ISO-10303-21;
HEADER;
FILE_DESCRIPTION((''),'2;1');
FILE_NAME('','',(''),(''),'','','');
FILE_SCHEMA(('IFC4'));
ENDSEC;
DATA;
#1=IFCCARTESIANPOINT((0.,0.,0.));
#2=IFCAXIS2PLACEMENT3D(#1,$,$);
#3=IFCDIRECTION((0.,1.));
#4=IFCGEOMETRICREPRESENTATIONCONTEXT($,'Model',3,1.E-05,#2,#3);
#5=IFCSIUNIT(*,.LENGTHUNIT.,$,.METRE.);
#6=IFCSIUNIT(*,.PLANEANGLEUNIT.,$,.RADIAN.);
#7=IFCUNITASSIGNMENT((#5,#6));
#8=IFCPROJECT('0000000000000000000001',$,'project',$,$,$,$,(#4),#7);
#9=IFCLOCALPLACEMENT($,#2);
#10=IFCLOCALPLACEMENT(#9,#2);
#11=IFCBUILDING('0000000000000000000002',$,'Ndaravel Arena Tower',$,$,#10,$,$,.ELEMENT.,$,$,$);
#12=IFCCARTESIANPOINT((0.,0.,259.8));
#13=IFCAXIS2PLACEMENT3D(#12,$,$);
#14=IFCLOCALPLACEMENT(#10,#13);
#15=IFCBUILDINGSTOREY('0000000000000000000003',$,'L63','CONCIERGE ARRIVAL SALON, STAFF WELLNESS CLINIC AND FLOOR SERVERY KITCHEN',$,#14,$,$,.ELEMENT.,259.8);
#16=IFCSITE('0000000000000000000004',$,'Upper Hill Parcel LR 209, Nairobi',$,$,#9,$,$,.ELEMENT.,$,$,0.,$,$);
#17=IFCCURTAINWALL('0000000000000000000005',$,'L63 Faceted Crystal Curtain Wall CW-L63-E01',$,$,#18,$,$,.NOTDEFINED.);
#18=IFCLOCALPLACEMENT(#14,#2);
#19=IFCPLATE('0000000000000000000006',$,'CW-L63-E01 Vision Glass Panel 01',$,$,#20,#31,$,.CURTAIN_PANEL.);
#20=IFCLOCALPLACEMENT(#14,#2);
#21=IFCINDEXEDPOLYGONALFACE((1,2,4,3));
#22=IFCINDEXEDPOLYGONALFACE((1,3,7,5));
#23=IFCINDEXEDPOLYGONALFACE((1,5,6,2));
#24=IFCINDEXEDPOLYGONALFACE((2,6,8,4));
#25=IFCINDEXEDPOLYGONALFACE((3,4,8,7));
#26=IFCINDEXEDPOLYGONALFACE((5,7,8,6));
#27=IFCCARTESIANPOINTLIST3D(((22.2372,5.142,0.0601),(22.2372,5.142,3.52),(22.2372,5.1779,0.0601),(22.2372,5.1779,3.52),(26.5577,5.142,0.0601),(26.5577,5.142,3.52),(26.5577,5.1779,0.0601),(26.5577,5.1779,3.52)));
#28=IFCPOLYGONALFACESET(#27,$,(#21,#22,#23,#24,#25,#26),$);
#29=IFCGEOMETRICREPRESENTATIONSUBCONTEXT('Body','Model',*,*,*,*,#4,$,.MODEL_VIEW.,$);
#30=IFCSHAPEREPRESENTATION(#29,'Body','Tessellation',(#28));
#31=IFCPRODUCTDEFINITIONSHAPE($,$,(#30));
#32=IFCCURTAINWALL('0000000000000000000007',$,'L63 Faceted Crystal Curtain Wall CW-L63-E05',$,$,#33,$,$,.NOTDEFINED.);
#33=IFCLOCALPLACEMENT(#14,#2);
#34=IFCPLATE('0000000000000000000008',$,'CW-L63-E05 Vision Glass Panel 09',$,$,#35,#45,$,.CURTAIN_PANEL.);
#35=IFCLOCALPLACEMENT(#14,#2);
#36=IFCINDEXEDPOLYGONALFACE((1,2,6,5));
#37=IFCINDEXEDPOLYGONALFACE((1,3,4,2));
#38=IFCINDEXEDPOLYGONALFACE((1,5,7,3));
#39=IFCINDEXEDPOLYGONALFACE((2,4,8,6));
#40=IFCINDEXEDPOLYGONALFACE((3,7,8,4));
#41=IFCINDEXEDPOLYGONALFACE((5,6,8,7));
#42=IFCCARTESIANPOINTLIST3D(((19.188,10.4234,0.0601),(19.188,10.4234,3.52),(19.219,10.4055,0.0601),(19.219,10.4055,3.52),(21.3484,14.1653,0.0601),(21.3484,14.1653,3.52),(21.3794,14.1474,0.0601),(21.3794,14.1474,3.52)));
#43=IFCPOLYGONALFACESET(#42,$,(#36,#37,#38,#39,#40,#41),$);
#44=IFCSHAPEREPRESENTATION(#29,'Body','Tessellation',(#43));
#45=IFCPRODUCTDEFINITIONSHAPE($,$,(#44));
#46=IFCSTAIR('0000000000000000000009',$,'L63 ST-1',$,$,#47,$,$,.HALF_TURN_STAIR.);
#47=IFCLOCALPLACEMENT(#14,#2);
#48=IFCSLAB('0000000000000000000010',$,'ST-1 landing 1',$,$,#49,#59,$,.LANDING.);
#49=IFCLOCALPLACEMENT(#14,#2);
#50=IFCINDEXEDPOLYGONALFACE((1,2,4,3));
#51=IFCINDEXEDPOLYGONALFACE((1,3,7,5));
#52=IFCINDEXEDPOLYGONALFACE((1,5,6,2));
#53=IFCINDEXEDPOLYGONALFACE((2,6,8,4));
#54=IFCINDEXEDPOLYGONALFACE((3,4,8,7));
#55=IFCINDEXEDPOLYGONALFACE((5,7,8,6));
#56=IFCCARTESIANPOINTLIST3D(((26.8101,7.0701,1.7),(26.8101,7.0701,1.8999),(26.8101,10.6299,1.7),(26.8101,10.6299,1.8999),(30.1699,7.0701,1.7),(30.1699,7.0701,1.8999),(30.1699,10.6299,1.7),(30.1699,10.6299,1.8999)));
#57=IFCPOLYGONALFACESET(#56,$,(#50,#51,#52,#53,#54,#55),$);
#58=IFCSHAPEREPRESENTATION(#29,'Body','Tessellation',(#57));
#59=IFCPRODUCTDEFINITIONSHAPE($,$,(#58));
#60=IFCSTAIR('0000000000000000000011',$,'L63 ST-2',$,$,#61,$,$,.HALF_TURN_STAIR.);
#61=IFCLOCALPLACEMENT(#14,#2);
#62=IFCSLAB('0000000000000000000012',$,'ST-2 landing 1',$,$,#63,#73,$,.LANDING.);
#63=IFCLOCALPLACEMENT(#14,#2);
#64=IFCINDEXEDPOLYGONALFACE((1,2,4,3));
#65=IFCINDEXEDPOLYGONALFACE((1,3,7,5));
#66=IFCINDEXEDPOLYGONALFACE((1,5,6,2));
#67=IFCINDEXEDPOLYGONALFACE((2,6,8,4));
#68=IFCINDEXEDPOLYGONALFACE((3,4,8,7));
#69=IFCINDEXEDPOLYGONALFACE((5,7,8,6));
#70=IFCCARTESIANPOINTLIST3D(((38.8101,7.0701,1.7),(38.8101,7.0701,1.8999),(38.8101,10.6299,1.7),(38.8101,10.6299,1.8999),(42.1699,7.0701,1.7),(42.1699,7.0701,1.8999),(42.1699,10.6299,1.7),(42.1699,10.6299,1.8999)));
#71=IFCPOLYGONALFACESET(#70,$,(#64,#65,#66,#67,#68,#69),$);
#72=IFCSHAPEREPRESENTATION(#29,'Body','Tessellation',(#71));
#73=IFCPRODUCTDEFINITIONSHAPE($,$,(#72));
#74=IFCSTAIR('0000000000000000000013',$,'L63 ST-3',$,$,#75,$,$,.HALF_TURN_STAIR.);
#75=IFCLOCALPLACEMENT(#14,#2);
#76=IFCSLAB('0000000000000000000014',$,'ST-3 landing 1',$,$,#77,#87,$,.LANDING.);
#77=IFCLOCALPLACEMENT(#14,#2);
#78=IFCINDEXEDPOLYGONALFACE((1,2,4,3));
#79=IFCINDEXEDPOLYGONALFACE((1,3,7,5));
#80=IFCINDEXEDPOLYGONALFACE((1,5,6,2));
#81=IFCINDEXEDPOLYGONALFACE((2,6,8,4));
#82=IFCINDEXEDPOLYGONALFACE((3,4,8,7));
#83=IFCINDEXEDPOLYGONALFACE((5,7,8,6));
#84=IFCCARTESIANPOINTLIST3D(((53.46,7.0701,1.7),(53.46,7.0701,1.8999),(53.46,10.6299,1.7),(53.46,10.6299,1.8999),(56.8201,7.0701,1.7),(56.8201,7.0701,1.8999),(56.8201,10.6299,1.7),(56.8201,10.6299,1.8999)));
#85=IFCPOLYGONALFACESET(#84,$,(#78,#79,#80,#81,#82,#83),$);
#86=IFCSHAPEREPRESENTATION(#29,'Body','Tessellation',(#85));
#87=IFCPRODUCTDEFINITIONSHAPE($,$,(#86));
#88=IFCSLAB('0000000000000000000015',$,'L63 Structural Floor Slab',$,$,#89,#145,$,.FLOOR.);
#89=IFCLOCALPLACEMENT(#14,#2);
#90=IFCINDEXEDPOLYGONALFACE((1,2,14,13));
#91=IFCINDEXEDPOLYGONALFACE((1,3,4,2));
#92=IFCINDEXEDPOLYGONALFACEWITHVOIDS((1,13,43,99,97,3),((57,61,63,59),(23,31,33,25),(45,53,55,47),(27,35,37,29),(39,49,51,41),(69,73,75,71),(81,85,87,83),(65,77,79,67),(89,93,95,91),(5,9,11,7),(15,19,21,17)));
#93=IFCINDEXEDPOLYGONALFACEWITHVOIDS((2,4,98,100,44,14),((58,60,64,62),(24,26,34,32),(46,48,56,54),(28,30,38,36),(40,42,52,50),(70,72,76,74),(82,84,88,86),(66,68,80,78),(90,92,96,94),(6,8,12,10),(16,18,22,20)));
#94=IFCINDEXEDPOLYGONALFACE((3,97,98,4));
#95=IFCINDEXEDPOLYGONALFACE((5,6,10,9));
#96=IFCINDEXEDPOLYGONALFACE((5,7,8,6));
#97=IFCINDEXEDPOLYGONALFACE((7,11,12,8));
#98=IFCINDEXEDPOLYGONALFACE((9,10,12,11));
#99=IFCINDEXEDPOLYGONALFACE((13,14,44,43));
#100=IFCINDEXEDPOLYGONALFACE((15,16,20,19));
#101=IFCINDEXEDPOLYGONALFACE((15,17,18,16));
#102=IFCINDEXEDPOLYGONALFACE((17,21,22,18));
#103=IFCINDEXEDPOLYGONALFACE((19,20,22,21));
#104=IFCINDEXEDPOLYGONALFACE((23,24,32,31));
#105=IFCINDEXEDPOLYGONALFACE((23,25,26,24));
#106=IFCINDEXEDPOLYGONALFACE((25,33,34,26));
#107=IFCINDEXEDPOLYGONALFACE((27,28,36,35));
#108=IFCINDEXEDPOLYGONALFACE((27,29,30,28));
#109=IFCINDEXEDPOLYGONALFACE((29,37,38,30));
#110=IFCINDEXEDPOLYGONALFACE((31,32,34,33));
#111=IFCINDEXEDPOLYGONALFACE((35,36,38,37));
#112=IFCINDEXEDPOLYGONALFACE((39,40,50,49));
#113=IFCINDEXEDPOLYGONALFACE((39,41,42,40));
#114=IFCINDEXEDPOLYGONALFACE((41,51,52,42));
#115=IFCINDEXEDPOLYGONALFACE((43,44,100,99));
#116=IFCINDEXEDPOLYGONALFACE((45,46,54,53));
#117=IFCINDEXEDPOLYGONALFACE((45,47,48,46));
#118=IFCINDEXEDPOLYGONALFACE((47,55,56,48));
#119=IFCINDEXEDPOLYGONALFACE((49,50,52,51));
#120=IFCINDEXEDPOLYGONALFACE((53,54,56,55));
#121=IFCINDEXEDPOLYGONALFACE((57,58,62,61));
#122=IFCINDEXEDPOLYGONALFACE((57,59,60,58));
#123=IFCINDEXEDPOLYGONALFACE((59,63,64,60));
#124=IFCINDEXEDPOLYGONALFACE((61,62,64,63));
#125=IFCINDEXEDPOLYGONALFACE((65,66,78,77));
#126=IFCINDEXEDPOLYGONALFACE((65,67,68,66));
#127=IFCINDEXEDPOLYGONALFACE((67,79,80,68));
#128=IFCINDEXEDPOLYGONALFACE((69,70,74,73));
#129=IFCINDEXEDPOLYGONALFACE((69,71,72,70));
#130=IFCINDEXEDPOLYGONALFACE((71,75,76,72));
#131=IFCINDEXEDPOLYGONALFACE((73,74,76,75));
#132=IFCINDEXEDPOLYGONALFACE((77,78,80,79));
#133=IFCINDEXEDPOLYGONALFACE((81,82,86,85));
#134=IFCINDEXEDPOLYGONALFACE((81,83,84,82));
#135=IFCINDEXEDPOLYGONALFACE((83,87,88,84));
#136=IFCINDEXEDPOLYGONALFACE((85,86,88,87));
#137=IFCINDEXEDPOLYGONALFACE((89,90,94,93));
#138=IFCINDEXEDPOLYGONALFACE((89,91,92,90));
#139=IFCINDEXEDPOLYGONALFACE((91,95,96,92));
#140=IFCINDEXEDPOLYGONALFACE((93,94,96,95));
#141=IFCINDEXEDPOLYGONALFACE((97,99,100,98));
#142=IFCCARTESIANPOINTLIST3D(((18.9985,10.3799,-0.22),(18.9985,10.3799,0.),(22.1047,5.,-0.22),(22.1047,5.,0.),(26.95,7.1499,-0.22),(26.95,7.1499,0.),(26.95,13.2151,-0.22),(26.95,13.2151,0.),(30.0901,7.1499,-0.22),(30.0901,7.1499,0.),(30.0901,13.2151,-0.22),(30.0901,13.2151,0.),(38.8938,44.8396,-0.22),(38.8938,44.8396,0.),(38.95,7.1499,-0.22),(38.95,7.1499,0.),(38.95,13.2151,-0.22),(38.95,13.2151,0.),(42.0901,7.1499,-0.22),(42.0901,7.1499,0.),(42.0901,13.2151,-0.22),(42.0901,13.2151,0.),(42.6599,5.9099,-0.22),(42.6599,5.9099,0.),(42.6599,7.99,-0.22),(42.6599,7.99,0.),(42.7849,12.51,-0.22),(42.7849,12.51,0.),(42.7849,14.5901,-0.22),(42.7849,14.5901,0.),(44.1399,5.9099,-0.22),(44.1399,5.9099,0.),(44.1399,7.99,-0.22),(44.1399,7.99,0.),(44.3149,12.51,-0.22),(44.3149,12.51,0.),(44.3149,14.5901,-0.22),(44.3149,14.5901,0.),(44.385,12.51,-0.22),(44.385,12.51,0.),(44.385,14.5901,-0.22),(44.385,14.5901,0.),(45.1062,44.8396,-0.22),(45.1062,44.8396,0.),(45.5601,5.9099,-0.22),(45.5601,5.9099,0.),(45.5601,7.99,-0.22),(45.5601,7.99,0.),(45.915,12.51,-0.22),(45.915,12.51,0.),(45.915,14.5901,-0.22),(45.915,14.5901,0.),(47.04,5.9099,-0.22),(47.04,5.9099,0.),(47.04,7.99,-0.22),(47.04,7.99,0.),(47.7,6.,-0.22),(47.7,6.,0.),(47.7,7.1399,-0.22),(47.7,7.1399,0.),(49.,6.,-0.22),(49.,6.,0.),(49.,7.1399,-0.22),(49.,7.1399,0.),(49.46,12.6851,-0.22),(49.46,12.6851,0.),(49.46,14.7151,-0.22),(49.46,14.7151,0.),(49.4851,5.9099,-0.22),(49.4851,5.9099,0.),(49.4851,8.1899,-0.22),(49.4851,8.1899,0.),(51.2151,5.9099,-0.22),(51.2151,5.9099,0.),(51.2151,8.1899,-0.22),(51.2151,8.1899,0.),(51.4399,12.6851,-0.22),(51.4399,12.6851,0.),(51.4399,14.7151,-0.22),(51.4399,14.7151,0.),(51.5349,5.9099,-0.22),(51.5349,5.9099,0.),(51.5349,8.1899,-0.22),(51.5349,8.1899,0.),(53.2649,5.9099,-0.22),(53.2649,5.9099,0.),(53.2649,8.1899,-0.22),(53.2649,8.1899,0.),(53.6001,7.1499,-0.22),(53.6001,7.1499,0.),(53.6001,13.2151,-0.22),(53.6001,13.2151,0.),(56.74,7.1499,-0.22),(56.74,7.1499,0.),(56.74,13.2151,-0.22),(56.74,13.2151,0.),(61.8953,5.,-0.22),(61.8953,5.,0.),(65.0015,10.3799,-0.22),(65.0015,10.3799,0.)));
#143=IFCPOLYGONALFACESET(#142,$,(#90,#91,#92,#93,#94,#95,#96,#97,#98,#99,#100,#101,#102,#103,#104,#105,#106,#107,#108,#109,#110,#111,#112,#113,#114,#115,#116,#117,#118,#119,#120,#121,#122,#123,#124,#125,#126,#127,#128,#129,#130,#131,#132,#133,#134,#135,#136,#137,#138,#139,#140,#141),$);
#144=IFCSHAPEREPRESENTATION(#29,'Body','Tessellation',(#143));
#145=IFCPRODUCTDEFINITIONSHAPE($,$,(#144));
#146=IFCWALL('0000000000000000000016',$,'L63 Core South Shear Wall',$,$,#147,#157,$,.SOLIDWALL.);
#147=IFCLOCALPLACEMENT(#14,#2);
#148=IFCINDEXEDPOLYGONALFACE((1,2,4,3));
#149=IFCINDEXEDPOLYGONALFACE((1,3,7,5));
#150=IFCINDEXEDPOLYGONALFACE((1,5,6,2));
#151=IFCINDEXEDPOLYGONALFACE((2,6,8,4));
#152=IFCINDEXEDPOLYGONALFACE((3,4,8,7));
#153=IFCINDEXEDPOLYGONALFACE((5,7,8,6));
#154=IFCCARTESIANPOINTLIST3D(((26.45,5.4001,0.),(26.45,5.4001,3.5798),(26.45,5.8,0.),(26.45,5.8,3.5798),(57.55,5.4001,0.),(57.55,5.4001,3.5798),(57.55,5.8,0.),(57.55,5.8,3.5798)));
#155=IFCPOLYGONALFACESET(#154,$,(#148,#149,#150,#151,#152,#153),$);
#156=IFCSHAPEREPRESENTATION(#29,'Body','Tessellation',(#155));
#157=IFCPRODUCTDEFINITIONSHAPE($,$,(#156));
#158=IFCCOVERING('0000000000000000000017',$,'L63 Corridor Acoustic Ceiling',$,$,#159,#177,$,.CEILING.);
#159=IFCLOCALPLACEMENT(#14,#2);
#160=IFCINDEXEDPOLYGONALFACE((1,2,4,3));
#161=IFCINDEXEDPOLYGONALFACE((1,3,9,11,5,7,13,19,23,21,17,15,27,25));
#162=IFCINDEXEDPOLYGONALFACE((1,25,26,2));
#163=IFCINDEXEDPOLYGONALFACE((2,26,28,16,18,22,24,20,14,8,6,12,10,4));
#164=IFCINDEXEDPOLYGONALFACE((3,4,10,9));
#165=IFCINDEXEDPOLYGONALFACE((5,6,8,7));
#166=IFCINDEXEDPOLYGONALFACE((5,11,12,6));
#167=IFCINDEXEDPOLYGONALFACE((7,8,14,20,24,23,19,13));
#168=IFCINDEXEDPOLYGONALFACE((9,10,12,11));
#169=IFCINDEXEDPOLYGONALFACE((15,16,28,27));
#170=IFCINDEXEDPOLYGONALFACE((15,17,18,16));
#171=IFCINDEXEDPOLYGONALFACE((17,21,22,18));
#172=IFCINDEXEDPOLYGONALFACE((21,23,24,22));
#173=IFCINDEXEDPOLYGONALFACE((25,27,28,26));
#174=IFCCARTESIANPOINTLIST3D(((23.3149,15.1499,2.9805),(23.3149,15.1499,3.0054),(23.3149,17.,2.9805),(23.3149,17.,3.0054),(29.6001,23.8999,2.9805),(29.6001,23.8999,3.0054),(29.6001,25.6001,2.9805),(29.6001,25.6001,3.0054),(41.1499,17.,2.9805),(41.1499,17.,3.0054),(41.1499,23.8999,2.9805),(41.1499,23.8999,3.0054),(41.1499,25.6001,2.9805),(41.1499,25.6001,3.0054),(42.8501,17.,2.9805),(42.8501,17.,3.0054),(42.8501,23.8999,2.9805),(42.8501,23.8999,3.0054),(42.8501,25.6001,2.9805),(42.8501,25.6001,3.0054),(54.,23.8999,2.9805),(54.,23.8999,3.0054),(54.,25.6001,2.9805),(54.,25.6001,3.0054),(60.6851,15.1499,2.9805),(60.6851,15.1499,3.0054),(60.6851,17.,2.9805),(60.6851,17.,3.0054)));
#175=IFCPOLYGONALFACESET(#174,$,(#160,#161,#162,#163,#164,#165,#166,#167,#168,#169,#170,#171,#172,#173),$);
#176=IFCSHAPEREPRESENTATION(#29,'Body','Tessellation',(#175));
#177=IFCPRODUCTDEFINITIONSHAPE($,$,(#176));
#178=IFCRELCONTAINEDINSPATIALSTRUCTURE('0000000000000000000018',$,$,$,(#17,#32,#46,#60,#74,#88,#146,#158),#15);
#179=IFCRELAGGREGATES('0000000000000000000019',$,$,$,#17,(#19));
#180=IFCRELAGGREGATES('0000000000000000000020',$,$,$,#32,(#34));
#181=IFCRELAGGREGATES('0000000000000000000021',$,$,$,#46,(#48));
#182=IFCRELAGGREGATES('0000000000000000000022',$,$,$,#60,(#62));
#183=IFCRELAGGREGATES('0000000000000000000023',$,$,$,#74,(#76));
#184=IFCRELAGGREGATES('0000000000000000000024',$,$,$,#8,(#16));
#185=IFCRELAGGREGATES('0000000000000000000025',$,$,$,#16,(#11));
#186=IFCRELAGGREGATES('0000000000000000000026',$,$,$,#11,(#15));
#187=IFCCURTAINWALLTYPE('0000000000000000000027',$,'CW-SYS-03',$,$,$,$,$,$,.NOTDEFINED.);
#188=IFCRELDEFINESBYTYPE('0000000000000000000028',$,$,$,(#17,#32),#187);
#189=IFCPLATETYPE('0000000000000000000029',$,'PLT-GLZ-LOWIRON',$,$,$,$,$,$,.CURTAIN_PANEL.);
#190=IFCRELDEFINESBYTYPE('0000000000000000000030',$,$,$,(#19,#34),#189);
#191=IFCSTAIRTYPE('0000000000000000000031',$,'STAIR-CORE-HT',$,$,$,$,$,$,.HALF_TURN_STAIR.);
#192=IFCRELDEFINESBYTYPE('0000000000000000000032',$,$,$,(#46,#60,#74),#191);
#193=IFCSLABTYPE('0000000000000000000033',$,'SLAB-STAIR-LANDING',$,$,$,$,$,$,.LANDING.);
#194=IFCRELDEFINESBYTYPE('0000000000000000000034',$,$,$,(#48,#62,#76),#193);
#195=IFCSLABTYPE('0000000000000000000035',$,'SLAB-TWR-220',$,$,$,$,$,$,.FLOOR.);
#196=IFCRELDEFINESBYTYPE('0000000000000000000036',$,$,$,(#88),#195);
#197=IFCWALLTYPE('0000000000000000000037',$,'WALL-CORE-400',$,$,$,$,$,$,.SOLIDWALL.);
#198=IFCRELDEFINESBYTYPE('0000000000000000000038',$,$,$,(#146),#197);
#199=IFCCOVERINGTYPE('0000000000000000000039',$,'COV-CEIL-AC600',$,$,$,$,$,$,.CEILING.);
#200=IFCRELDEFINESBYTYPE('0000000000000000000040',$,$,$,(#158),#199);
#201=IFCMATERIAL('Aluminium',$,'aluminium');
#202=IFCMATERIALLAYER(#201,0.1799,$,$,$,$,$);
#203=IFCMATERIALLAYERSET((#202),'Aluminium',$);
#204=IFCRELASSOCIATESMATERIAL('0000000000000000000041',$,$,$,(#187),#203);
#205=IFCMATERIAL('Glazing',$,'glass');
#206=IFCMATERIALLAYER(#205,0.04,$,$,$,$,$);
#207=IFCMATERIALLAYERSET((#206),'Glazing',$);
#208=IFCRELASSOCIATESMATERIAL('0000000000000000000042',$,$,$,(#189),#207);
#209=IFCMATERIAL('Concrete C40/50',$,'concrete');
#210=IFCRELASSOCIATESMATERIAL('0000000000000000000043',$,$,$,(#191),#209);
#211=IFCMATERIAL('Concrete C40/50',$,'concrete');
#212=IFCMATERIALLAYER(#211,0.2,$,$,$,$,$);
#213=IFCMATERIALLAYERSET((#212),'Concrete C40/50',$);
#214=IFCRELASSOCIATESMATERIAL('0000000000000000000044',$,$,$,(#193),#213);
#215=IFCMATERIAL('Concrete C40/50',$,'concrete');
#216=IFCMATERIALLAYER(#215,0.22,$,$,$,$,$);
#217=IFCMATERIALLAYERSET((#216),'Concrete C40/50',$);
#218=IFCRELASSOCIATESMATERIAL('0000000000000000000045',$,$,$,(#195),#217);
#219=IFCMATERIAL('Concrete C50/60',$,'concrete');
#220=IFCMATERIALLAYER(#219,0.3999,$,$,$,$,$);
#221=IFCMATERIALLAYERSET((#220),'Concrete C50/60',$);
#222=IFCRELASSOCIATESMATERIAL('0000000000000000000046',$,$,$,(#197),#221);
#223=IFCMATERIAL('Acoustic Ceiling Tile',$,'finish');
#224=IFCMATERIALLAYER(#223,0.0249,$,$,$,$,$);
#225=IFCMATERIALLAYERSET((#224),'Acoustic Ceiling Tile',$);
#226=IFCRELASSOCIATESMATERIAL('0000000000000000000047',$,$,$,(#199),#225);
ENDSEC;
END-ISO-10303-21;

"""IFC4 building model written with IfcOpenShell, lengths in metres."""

from ifc_helpers import new_model, si_unit, direction, frame, frame_2d, origin, origin_2d, place, context, subcontext, project, spatial, polyline, rectangle, outline, extrude, material, layer, layer_set, type_object, element, aggregate, save


model = new_model("IFC4")

# Units and contexts
model_context = context("Model", 3, precision=1e-05, world=origin(), true_north=direction((0.0, 1.0)))
body_context = subcontext(model_context, "Body", "Model", "MODEL_VIEW")
ifc_project = project(units=[si_unit("LENGTHUNIT", "METRE"), si_unit("PLANEANGLEUNIT", "RADIAN")], contexts=[model_context])

# Site, building, storey
site_placement = place(None, origin())
site = spatial("IfcSite", under=ifc_project, at=site_placement, Name="Upper Hill Parcel LR 209, Nairobi", CompositionType="ELEMENT", RefElevation=0.0)
building_placement = place(site_placement, origin())
building = spatial("IfcBuilding", under=site, at=building_placement, Name="Ndaravel Arena Tower", CompositionType="ELEMENT")
storey_placement = place(building_placement, frame((0.0, 0.0, 259.8)))
storey = spatial("IfcBuildingStorey", under=building, at=storey_placement, Name="L63", Description="CONCIERGE ARRIVAL SALON, STAFF WELLNESS CLINIC AND FLOOR SERVERY KITCHEN", CompositionType="ELEMENT", Elevation=259.8)

# Curtain wall
ifc_material_1 = material(Name="Aluminium", Category="aluminium")
ifc_layer_1 = layer(ifc_material_1, 0.1799)
ifc_layer_set_1 = layer_set([ifc_layer_1], Name="Aluminium")
curtain_wall_type_1 = type_object("IfcCurtainWallType", Name="CW-SYS-03", PredefinedType="NOTDEFINED", material=ifc_layer_set_1)
curtain_wall_1_placement = place(storey_placement, origin())
curtain_wall_1 = element("IfcCurtainWall", 1, at=curtain_wall_1_placement, inside=storey, type_object=curtain_wall_type_1, Name="L63 Faceted Crystal Curtain Wall CW-L63-E01", PredefinedType="NOTDEFINED")

# Plate
ifc_material_2 = material(Name="Glazing", Category="glass")
ifc_layer_2 = layer(ifc_material_2, 0.04)
ifc_layer_set_2 = layer_set([ifc_layer_2], Name="Glazing")
plate_type_1 = type_object("IfcPlateType", Name="PLT-GLZ-LOWIRON", PredefinedType="CURTAIN_PANEL", material=ifc_layer_set_2)
plate_1_placement = place(storey_placement, frame((24.3975, 5.1599, 0.0601), z_axis=(0.0, 0.0, 1.0), x_axis=(1.0, 0.0, 0.0)))
plate_1 = element("IfcPlate", 2, at=plate_1_placement, type_object=plate_type_1, Name="CW-L63-E01 Vision Glass Panel 01", PredefinedType="CURTAIN_PANEL", context=body_context, shape_type="SweptSolid", body=[
    extrude(rectangle(XDim=4.3206, YDim=0.0359, at=origin_2d()), origin(), (0.0, 0.0, 1.0), 3.46),
])
aggregate(curtain_wall_1, [plate_1])

# Curtain wall, plate
curtain_wall_2_placement = place(storey_placement, origin())
curtain_wall_2 = element("IfcCurtainWall", 3, at=curtain_wall_2_placement, inside=storey, type_object=curtain_wall_type_1, Name="L63 Faceted Crystal Curtain Wall CW-L63-E05", PredefinedType="NOTDEFINED")
plate_2_placement = place(storey_placement, frame((20.2837, 12.2854, 0.0601), z_axis=(0.0, 0.0, 1.0), x_axis=(-0.5, -0.866025, 0.0)))
plate_2 = element("IfcPlate", 4, at=plate_2_placement, type_object=plate_type_1, Name="CW-L63-E05 Vision Glass Panel 09", PredefinedType="CURTAIN_PANEL", context=body_context, shape_type="SweptSolid", body=[
    extrude(rectangle(XDim=4.3208, YDim=0.0359, at=origin_2d()), origin(), (0.0, 0.0, 1.0), 3.46),
])
aggregate(curtain_wall_2, [plate_2])

# Stairs, slabs
ifc_material_3 = material(Name="Concrete C40/50", Category="concrete")
stair_type = type_object("IfcStairType", Name="STAIR-CORE-HT", PredefinedType="HALF_TURN_STAIR", material=ifc_material_3)
stair_1_placement = place(storey_placement, origin())
stair_1 = element("IfcStair", 5, at=stair_1_placement, inside=storey, type_object=stair_type, Name="L63 ST-1", PredefinedType="HALF_TURN_STAIR")
ifc_material_4 = material(Name="Concrete C40/50", Category="concrete")
ifc_layer_3 = layer(ifc_material_4, 0.2)
ifc_layer_set_3 = layer_set([ifc_layer_3], Name="Concrete C40/50")
slab_type_1 = type_object("IfcSlabType", Name="SLAB-STAIR-LANDING", PredefinedType="LANDING", material=ifc_layer_set_3)
slab_1_placement = place(storey_placement, frame((0.0, 0.0, 1.7)))
slab_1 = element("IfcSlab", 6, at=slab_1_placement, type_object=slab_type_1, Name="ST-1 landing 1", PredefinedType="LANDING", context=body_context, shape_type="SweptSolid", body=[
    extrude(outline(polyline([(26.8101, 10.6299), (26.8101, 7.0701), (30.1699, 7.0701), (30.1699, 10.6299), (26.8101, 10.6299)])), origin(), (0.0, 0.0, 1.0), 0.2),
])
aggregate(stair_1, [slab_1])
stair_2_placement = place(storey_placement, origin())
stair_2 = element("IfcStair", 7, at=stair_2_placement, inside=storey, type_object=stair_type, Name="L63 ST-2", PredefinedType="HALF_TURN_STAIR")
slab_2_placement = place(storey_placement, frame((0.0, 0.0, 1.7)))
slab_2 = element("IfcSlab", 8, at=slab_2_placement, type_object=slab_type_1, Name="ST-2 landing 1", PredefinedType="LANDING", context=body_context, shape_type="SweptSolid", body=[
    extrude(outline(polyline([(38.8101, 10.6299), (38.8101, 7.0701), (42.1699, 7.0701), (42.1699, 10.6299), (38.8101, 10.6299)])), origin(), (0.0, 0.0, 1.0), 0.2),
])
aggregate(stair_2, [slab_2])
stair_3_placement = place(storey_placement, origin())
stair_3 = element("IfcStair", 9, at=stair_3_placement, inside=storey, type_object=stair_type, Name="L63 ST-3", PredefinedType="HALF_TURN_STAIR")
slab_3_placement = place(storey_placement, frame((0.0, 0.0, 1.7)))
slab_3 = element("IfcSlab", 10, at=slab_3_placement, type_object=slab_type_1, Name="ST-3 landing 1", PredefinedType="LANDING", context=body_context, shape_type="SweptSolid", body=[
    extrude(outline(polyline([(53.46, 10.6299), (53.46, 7.0701), (56.8201, 7.0701), (56.8201, 10.6299), (53.46, 10.6299)])), origin(), (0.0, 0.0, 1.0), 0.2),
])
aggregate(stair_3, [slab_3])

# Slab
ifc_material_5 = material(Name="Concrete C40/50", Category="concrete")
ifc_layer_4 = layer(ifc_material_5, 0.22)
ifc_layer_set_4 = layer_set([ifc_layer_4], Name="Concrete C40/50")
slab_type_2 = type_object("IfcSlabType", Name="SLAB-TWR-220", PredefinedType="FLOOR", material=ifc_layer_set_4)
slab_4_placement = place(storey_placement, frame((0.0, 0.0, -0.22)))
element("IfcSlab", 11, at=slab_4_placement, inside=storey, type_object=slab_type_2, Name="L63 Structural Floor Slab", PredefinedType="FLOOR", context=body_context, shape_type="SweptSolid", body=[
    extrude(outline(polyline([(18.9985, 10.3799), (22.1047, 5.0), (61.8953, 5.0), (65.0015, 10.3799), (45.1062, 44.8396), (38.8938, 44.8396), (18.9985, 10.3799)]), holes=[polyline([(26.95, 13.2151), (26.95, 7.1499), (30.0901, 7.1499), (30.0901, 13.2151), (26.95, 13.2151)]), polyline([(38.95, 13.2151), (38.95, 7.1499), (42.0901, 7.1499), (42.0901, 13.2151), (38.95, 13.2151)]), polyline([(53.6001, 13.2151), (53.6001, 7.1499), (56.74, 7.1499), (56.74, 13.2151), (53.6001, 13.2151)]), polyline([(42.6599, 5.9099), (44.1399, 5.9099), (44.1399, 7.99), (42.6599, 7.99), (42.6599, 5.9099)]), polyline([(45.5601, 5.9099), (47.04, 5.9099), (47.04, 7.99), (45.5601, 7.99), (45.5601, 5.9099)]), polyline([(42.7849, 12.51), (44.3149, 12.51), (44.3149, 14.5901), (42.7849, 14.5901), (42.7849, 12.51)]), polyline([(44.385, 12.51), (45.915, 12.51), (45.915, 14.5901), (44.385, 14.5901), (44.385, 12.51)]), polyline([(49.4851, 5.9099), (51.2151, 5.9099), (51.2151, 8.1899), (49.4851, 8.1899), (49.4851, 5.9099)]), polyline([(51.5349, 5.9099), (53.2649, 5.9099), (53.2649, 8.1899), (51.5349, 8.1899), (51.5349, 5.9099)]), polyline([(49.46, 12.6851), (51.4399, 12.6851), (51.4399, 14.7151), (49.46, 14.7151), (49.46, 12.6851)]), polyline([(47.7, 6.0), (49.0, 6.0), (49.0, 7.1399), (47.7, 7.1399), (47.7, 6.0)])]), origin(), (0.0, 0.0, 1.0), 0.22),
])

# Wall
ifc_material_6 = material(Name="Concrete C50/60", Category="concrete")
ifc_layer_5 = layer(ifc_material_6, 0.3999)
ifc_layer_set_5 = layer_set([ifc_layer_5], Name="Concrete C50/60")
wall_type = type_object("IfcWallType", Name="WALL-CORE-400", PredefinedType="SOLIDWALL", material=ifc_layer_set_5)
wall_placement = place(storey_placement, frame((26.45, 5.6001, 0.0), z_axis=(0.0, 0.0, 1.0), x_axis=(1.0, 0.0, 0.0)))
element("IfcWall", 12, at=wall_placement, inside=storey, type_object=wall_type, Name="L63 Core South Shear Wall", PredefinedType="SOLIDWALL", context=body_context, shape_type="SweptSolid", body=[
    extrude(rectangle(XDim=31.1001, YDim=0.3999, at=frame_2d((15.55, 0.0))), origin(), (0.0, 0.0, 1.0), 3.5798),
])

# Covering
ifc_material_7 = material(Name="Acoustic Ceiling Tile", Category="finish")
ifc_layer_6 = layer(ifc_material_7, 0.0249)
ifc_layer_set_6 = layer_set([ifc_layer_6], Name="Acoustic Ceiling Tile")
covering_type_1 = type_object("IfcCoveringType", Name="COV-CEIL-AC600", PredefinedType="CEILING", material=ifc_layer_set_6)
covering_1_placement = place(storey_placement, frame((0.0, 0.0, 2.9805)))
element("IfcCovering", 13, at=covering_1_placement, inside=storey, type_object=covering_type_1, Name="L63 Corridor Acoustic Ceiling", PredefinedType="CEILING", context=body_context, shape_type="SweptSolid", body=[
    extrude(outline(polyline([(60.6851, 17.0), (42.8501, 17.0), (42.8501, 23.8999), (54.0, 23.8999), (54.0, 25.6001), (42.8501, 25.6001), (41.1499, 25.6001), (29.6001, 25.6001), (29.6001, 23.8999), (41.1499, 23.8999), (41.1499, 17.0), (23.3149, 17.0), (23.3149, 15.1499), (60.6851, 15.1499), (60.6851, 17.0)])), origin(), (0.0, 0.0, 1.0), 0.0249),
])

save(model, "model.ifc")
